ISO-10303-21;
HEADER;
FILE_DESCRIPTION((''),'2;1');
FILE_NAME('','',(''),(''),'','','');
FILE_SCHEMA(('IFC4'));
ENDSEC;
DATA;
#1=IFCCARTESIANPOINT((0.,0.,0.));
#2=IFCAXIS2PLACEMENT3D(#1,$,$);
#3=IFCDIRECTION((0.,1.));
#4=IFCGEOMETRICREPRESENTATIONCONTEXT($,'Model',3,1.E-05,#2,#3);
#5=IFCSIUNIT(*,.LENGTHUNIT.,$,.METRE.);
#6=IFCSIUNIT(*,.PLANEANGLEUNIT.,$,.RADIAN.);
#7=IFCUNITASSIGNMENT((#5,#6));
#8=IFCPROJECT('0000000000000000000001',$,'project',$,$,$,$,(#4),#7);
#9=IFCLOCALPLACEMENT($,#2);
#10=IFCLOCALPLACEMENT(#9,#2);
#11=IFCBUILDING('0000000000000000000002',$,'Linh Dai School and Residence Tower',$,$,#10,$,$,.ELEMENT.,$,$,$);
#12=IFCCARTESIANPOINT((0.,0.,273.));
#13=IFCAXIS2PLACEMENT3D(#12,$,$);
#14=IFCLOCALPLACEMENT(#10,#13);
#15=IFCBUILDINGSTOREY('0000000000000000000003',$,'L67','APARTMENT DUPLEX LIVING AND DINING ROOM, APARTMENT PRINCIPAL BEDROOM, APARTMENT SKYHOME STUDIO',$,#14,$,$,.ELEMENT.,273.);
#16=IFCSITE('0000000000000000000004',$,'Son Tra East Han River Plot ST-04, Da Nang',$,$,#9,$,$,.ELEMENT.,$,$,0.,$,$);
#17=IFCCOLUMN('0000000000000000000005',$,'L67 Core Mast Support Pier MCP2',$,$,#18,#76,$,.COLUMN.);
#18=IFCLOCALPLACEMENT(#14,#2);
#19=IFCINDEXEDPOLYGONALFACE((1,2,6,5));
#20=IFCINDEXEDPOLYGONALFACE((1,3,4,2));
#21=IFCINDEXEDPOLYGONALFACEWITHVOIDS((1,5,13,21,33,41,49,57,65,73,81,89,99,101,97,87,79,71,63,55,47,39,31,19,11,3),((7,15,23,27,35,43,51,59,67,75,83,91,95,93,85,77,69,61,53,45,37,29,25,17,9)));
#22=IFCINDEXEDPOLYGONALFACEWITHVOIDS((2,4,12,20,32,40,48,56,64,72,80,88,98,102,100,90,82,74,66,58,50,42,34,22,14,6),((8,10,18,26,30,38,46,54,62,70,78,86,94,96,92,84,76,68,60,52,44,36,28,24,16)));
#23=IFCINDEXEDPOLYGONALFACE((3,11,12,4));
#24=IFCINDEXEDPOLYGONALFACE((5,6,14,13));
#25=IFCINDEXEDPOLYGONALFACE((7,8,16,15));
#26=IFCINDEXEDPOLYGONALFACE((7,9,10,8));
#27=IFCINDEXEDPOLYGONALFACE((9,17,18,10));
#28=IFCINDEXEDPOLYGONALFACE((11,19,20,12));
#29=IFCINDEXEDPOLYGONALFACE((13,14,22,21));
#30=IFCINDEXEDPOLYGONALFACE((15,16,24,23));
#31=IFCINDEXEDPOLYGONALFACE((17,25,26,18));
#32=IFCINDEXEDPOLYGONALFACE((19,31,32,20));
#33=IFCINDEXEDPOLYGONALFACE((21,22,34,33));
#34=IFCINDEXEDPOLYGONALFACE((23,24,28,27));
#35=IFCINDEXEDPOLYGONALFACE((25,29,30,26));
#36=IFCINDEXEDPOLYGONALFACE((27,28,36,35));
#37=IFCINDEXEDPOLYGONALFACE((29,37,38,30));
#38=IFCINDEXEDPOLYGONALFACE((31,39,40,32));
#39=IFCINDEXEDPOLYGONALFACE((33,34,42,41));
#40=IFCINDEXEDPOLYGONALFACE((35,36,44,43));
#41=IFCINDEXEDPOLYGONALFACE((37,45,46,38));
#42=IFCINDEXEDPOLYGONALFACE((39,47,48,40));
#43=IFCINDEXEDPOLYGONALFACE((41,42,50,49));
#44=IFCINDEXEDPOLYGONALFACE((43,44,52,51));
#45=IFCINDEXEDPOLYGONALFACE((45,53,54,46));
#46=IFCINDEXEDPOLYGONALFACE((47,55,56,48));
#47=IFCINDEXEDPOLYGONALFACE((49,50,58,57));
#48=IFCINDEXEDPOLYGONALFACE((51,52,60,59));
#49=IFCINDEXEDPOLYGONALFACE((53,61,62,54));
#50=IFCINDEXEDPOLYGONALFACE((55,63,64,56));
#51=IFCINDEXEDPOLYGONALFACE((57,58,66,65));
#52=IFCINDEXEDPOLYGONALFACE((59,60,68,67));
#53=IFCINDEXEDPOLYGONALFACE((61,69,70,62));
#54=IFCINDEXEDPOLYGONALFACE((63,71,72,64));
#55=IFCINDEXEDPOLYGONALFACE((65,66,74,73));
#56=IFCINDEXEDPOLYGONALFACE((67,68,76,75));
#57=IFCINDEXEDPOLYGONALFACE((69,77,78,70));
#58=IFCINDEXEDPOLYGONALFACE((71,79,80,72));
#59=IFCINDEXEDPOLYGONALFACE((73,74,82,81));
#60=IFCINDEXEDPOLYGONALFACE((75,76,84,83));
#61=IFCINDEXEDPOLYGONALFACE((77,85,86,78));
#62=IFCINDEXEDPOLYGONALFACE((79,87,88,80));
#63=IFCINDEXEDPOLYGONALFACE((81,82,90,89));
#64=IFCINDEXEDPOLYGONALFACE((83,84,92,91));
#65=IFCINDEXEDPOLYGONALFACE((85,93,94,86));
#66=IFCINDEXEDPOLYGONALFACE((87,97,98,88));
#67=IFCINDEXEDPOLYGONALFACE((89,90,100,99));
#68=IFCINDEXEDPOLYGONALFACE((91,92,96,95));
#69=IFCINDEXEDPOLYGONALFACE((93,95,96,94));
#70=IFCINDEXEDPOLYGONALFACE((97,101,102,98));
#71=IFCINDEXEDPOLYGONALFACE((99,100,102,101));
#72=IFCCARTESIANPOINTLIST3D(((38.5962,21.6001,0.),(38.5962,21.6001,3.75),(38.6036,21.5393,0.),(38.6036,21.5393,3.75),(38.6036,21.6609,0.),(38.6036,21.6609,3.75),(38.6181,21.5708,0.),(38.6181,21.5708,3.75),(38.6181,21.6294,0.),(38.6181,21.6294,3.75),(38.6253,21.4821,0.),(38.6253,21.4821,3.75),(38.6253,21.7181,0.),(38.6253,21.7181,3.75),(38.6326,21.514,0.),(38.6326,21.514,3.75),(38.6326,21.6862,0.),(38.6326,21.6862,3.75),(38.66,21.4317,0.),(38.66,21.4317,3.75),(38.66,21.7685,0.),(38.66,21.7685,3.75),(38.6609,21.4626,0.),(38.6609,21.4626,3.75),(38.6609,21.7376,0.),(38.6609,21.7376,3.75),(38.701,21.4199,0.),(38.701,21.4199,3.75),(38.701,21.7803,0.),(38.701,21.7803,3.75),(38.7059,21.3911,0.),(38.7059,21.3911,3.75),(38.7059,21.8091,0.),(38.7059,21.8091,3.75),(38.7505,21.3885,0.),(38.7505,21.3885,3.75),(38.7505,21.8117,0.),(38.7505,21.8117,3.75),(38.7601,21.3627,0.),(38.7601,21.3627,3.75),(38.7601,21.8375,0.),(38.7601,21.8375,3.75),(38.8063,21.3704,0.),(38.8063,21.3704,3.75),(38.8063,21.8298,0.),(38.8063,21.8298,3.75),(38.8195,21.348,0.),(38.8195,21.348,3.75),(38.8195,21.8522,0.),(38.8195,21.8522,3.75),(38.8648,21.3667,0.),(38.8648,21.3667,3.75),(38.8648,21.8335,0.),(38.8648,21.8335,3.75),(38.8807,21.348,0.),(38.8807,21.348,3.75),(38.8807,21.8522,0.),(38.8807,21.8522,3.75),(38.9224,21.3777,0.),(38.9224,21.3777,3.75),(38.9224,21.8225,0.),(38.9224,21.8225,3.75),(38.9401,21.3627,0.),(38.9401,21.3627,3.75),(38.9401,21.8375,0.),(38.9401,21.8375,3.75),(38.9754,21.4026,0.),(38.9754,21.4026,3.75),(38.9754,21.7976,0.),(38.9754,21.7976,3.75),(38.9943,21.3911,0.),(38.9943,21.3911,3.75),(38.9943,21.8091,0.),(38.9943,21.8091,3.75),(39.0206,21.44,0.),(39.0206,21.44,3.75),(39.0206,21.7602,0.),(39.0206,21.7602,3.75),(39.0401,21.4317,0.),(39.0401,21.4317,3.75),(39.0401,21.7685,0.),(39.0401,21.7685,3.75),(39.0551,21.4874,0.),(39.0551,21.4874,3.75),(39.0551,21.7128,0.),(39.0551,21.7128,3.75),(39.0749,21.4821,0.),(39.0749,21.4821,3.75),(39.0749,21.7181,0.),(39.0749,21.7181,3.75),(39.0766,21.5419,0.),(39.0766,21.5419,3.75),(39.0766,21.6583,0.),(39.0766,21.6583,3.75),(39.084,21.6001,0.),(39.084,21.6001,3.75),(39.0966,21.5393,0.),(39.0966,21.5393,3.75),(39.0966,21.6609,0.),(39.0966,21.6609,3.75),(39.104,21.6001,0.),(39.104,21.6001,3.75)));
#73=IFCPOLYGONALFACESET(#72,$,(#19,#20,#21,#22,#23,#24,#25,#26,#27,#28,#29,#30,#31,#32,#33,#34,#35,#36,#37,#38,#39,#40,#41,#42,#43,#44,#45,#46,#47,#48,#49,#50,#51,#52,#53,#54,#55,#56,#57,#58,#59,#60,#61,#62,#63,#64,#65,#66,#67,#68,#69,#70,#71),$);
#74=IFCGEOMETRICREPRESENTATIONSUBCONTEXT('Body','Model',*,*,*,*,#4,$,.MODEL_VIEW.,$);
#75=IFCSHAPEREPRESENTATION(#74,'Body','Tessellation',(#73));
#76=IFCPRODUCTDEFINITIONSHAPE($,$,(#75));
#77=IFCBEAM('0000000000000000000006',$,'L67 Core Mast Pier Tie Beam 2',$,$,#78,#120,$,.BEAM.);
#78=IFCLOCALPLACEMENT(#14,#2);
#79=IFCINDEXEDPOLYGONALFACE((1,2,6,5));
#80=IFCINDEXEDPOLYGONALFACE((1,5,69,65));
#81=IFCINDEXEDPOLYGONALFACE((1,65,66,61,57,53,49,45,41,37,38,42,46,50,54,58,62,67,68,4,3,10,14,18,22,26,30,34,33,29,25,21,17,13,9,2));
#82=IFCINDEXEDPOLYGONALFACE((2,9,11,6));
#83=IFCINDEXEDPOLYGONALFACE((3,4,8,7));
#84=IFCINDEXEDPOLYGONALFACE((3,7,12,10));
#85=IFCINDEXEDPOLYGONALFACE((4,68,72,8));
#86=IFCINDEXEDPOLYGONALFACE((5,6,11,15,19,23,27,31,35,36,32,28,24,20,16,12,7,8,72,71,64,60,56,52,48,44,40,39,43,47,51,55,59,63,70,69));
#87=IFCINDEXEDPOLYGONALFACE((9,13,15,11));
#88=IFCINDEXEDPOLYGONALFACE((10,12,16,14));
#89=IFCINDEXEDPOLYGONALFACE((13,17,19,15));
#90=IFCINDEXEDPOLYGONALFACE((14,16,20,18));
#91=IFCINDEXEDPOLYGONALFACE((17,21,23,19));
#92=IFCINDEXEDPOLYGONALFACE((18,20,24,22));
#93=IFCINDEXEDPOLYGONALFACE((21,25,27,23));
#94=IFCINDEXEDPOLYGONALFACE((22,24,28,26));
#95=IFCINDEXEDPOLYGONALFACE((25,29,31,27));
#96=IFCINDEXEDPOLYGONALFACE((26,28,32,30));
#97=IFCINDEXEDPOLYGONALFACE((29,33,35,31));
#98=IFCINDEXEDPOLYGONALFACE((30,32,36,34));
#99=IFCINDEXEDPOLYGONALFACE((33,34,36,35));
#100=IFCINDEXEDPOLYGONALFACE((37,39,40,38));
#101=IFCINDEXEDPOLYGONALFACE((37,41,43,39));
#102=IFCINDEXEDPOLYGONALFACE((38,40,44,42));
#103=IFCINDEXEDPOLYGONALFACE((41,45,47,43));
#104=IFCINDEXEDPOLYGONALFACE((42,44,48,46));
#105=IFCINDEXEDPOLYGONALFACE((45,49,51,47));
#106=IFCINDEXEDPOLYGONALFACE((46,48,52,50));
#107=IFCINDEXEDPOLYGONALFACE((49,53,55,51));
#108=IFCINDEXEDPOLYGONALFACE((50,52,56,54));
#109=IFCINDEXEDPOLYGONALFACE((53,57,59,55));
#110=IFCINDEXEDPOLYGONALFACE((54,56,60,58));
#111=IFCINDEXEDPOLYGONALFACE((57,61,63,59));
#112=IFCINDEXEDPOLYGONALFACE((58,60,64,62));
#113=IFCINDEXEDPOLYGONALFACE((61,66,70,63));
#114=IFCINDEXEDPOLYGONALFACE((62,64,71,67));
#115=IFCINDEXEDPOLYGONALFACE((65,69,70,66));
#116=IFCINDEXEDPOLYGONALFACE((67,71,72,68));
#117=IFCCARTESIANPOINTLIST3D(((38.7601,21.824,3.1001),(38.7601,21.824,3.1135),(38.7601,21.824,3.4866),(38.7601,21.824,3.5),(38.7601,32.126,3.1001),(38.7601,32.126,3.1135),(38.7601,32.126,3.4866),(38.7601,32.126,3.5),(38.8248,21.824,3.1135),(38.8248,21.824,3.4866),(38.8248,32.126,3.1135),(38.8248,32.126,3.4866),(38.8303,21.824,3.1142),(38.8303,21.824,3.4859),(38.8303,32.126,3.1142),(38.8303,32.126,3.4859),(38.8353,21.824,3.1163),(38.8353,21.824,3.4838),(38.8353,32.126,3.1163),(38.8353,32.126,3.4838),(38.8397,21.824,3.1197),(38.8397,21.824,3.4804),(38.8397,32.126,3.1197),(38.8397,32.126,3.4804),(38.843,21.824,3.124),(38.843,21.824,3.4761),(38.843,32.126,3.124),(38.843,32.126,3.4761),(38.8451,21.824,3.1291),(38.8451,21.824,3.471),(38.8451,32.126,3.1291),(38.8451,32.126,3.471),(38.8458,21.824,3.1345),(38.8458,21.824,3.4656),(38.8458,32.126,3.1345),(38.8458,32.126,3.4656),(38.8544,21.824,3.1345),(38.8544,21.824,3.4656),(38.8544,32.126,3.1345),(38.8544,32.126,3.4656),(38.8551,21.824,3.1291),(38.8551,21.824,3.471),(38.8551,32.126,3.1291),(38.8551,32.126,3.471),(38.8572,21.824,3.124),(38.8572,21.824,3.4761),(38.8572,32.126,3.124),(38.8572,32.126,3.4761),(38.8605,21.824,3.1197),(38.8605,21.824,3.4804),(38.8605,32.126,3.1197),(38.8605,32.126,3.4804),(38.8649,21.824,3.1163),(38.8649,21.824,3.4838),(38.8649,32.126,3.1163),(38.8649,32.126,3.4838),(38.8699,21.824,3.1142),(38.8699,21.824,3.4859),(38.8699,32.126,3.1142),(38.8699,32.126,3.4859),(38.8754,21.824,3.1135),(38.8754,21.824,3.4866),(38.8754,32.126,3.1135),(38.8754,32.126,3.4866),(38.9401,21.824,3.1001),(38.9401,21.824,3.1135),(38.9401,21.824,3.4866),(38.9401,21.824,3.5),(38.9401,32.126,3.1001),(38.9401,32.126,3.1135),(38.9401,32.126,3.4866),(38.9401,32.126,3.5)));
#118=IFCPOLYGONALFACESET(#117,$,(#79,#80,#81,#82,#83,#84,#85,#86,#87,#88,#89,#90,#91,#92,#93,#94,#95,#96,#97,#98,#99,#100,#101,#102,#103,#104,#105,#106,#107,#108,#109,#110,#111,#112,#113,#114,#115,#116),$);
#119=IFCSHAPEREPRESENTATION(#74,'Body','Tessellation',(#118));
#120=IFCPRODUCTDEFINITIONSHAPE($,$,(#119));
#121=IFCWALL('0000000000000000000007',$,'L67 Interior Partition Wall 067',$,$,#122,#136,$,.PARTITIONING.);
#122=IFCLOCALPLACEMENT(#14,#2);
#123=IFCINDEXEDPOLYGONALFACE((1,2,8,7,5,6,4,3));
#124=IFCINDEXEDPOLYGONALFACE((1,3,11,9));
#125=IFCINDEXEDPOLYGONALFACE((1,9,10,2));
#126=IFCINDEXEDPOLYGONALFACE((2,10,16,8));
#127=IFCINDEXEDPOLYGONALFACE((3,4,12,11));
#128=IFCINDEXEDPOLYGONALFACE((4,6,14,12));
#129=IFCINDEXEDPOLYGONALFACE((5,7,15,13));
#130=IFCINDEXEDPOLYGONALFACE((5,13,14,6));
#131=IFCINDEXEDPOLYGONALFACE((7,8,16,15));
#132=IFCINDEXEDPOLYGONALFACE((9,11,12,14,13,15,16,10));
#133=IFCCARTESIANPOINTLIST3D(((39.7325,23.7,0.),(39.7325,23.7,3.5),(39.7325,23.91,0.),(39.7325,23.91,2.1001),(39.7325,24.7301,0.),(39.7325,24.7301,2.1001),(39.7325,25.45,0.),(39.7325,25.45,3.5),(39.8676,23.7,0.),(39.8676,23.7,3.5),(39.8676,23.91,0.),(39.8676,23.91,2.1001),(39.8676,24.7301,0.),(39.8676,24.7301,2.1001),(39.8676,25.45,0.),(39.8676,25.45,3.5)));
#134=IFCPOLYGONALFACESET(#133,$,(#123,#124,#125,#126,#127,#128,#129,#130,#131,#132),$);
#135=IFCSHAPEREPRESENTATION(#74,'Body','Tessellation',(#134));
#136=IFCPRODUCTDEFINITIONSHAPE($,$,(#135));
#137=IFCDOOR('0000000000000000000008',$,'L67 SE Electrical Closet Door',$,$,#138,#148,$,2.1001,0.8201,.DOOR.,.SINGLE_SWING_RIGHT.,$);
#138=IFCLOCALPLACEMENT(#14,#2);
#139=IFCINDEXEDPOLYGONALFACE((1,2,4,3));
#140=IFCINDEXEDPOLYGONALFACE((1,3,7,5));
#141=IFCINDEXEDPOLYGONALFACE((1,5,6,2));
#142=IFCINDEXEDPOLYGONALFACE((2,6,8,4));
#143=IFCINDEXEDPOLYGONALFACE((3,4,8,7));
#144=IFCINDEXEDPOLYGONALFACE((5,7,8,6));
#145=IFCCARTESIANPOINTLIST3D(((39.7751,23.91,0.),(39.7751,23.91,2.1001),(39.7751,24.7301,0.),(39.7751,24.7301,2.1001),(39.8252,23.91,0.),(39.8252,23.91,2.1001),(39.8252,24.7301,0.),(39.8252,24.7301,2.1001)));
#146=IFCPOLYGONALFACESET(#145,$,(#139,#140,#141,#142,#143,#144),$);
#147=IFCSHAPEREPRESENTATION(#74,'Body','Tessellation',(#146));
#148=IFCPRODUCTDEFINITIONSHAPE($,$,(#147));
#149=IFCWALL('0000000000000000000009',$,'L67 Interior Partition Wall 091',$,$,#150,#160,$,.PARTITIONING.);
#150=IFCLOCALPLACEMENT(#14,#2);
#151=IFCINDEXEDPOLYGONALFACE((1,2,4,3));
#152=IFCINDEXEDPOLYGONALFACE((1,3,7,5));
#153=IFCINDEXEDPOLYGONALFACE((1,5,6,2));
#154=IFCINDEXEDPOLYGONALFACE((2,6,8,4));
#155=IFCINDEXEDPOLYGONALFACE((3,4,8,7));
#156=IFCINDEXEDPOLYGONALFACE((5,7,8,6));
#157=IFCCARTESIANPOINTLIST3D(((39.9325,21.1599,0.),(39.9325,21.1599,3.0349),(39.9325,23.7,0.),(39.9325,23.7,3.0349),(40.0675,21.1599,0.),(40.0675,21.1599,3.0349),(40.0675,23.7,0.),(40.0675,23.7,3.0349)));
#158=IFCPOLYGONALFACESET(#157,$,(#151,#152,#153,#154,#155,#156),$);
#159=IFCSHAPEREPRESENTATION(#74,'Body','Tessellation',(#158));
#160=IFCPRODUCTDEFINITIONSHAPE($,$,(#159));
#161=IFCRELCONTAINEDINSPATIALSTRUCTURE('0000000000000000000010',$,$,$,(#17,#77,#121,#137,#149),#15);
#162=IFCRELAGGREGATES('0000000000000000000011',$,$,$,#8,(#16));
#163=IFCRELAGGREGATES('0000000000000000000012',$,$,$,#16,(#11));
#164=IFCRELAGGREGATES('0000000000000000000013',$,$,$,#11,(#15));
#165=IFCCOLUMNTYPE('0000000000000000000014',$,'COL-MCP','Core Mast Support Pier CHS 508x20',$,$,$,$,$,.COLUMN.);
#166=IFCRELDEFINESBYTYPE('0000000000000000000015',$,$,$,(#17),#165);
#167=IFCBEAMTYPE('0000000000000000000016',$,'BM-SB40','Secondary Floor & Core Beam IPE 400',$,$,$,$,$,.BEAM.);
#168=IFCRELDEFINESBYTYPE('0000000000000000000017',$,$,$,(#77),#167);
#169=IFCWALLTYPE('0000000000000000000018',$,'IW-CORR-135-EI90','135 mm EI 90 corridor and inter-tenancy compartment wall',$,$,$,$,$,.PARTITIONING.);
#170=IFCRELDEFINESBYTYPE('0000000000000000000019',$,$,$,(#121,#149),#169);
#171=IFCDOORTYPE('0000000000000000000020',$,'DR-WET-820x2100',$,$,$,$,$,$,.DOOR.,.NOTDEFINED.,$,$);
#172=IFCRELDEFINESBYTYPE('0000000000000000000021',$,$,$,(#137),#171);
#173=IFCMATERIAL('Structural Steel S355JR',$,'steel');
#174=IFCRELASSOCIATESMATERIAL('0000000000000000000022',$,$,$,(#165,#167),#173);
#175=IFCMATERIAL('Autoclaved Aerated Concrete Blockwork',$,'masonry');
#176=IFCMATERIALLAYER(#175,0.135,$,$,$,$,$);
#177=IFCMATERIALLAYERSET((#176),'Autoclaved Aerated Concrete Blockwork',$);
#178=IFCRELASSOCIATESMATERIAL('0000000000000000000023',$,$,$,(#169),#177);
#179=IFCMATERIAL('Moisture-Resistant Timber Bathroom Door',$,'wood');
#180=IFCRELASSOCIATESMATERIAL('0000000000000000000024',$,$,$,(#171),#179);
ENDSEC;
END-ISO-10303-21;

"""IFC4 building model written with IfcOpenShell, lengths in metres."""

from ifc_helpers import new_model, si_unit, direction, frame, frame_2d, origin, origin_2d, place, context, subcontext, project, spatial, rectangle, hollow_circle, i_section, extrude, source, transform, mapped, material, layer, layer_set, material_profile, profile_set, type_object, element, fill, save


model = new_model("IFC4")

# Units and contexts
model_context = context("Model", 3, precision=1e-05, world=origin(), true_north=direction((0.0, 1.0)))
body_context = subcontext(model_context, "Body", "Model", "MODEL_VIEW")
ifc_project = project(units=[si_unit("LENGTHUNIT", "METRE"), si_unit("PLANEANGLEUNIT", "RADIAN")], contexts=[model_context])

# Site, building, storey
site_placement = place(None, origin())
site = spatial("IfcSite", under=ifc_project, at=site_placement, Name="Son Tra East Han River Plot ST-04, Da Nang", CompositionType="ELEMENT", RefElevation=0.0)
building_placement = place(site_placement, origin())
building = spatial("IfcBuilding", under=site, at=building_placement, Name="Linh Dai School and Residence Tower", CompositionType="ELEMENT")
storey_placement = place(building_placement, frame((0.0, 0.0, 273.0)))
storey = spatial("IfcBuildingStorey", under=building, at=storey_placement, Name="L67", Description="APARTMENT DUPLEX LIVING AND DINING ROOM, APARTMENT PRINCIPAL BEDROOM, APARTMENT SKYHOME STUDIO", CompositionType="ELEMENT", Elevation=273.0)

# Column
ifc_material_1 = material(Name="Structural Steel S355JR", Category="steel")
ifc_material_profile_1 = material_profile(ifc_material_1, hollow_circle(Radius=0.2539, WallThickness=0.02, at=origin_2d()), Name="CHS 508x20")
ifc_profile_set_1 = profile_set([ifc_material_profile_1], Name="Structural Steel S355JR")
column_type_1 = type_object("IfcColumnType", Name="COL-MCP", Description="Core Mast Support Pier CHS 508x20", PredefinedType="COLUMN", material=ifc_profile_set_1)
column_placement = place(storey_placement, frame((38.8501, 21.6001, 0.0), z_axis=(0.0, 0.0, 1.0), x_axis=(1.0, 0.0, 0.0)))
element("IfcColumn", 1, at=column_placement, inside=storey, type_object=column_type_1, Name="L67 Core Mast Support Pier MCP2", PredefinedType="COLUMN", context=body_context, shape_type="SweptSolid", body=[
    extrude(hollow_circle(Radius=0.2539, WallThickness=0.02, at=origin_2d()), origin(), (0.0, 0.0, 1.0), 3.75),
])

# Beam
ifc_material_profile_2 = material_profile(ifc_material_1, i_section(OverallWidth=0.1799, OverallDepth=0.3999, WebThickness=0.0085, FlangeThickness=0.0134, FilletRadius=0.021, at=origin_2d()), Name="IPE 400")
ifc_profile_set_2 = profile_set([ifc_material_profile_2], Name="Structural Steel S355JR")
beam_type = type_object("IfcBeamType", Name="BM-SB40", Description="Secondary Floor & Core Beam IPE 400", PredefinedType="BEAM", material=ifc_profile_set_2)
beam_placement = place(storey_placement, frame((38.8501, 21.824, 3.3), z_axis=(0.0, 1.0, 0.0), x_axis=(-1.0, 0.0, 0.0)))
element("IfcBeam", 2, at=beam_placement, inside=storey, type_object=beam_type, Name="L67 Core Mast Pier Tie Beam 2", PredefinedType="BEAM", context=body_context, shape_type="SweptSolid", body=[
    extrude(i_section(OverallWidth=0.1799, OverallDepth=0.3999, WebThickness=0.0085, FlangeThickness=0.0134, FilletRadius=0.021, at=origin_2d()), origin(), (0.0, 0.0, 1.0), 10.302),
])

# Wall, opening, door
ifc_material_2 = material(Name="Autoclaved Aerated Concrete Blockwork", Category="masonry")
ifc_layer_1 = layer(ifc_material_2, 0.135)
ifc_layer_set_1 = layer_set([ifc_layer_1], Name="Autoclaved Aerated Concrete Blockwork")
wall_type_1 = type_object("IfcWallType", Name="IW-CORR-135-EI90", Description="135 mm EI 90 corridor and inter-tenancy compartment wall", PredefinedType="PARTITIONING", material=ifc_layer_set_1)
wall_1_placement = place(storey_placement, frame((39.8, 23.7, 0.0), z_axis=(0.0, 0.0, 1.0), x_axis=(0.0, 1.0, 0.0)))
wall_1 = element("IfcWall", 3, at=wall_1_placement, inside=storey, type_object=wall_type_1, Name="L67 Interior Partition Wall 067", PredefinedType="PARTITIONING", context=body_context, shape_type="SweptSolid", body=[
    extrude(rectangle(XDim=1.75, YDim=0.135, at=frame_2d((0.875, 0.0))), origin(), (0.0, 0.0, 1.0), 3.5),
])
opening_1_placement = place(wall_1_placement, frame((0.21, 0.0, 0.0)))
opening_1 = element("IfcOpeningElement", 4, at=opening_1_placement, cuts=wall_1, PredefinedType="OPENING", context=body_context, shape_type="SweptSolid", body=[
    extrude(rectangle(XDim=0.8201, YDim=2.1001, at=origin_2d()), frame((0.4102, 0.0776, 1.05), z_axis=(0.0, -1.0, 0.0), x_axis=(1.0, 0.0, 0.0)), (0.0, 0.0, 1.0), 0.155),
])
ifc_material_3 = material(Name="Moisture-Resistant Timber Bathroom Door", Category="wood")
door_type_1 = type_object("IfcDoorType", Name="DR-WET-820x2100", OperationType="NOTDEFINED", PredefinedType="DOOR", material=ifc_material_3)
shared_shape_1 = source(origin(), body_context, "Body", "SweptSolid", [
    extrude(rectangle(XDim=0.8201, YDim=2.1001, at=origin_2d()), frame((0.4102, 0.0249, 1.05), z_axis=(0.0, -1.0, 0.0), x_axis=(1.0, 0.0, 0.0)), (0.0, 0.0, 1.0), 0.05),
])
door_1_placement = place(opening_1_placement, origin())
door_1 = element("IfcDoor", 5, at=door_1_placement, inside=storey, type_object=door_type_1, Name="L67 SE Electrical Closet Door", OperationType="SINGLE_SWING_RIGHT", OverallHeight=2.1001, OverallWidth=0.8201, PredefinedType="DOOR", context=body_context, shape_type="MappedRepresentation", body=[
    mapped(shared_shape_1, transform((0.0, 0.0, 0.0), x_axis=(1.0, 0.0, 0.0), y_axis=(0.0, 1.0, 0.0), z_axis=(0.0, 0.0, 1.0), scale=1.0)),
])
fill(opening_1, door_1)

# Wall
wall_2_placement = place(storey_placement, frame((40.0, 23.7, 0.0), z_axis=(0.0, 0.0, 1.0), x_axis=(0.0, -1.0, 0.0)))
element("IfcWall", 6, at=wall_2_placement, inside=storey, type_object=wall_type_1, Name="L67 Interior Partition Wall 091", PredefinedType="PARTITIONING", context=body_context, shape_type="SweptSolid", body=[
    extrude(rectangle(XDim=2.54, YDim=0.135, at=frame_2d((1.27, 0.0))), origin(), (0.0, 0.0, 1.0), 3.0349),
])

save(model, "model.ifc")
